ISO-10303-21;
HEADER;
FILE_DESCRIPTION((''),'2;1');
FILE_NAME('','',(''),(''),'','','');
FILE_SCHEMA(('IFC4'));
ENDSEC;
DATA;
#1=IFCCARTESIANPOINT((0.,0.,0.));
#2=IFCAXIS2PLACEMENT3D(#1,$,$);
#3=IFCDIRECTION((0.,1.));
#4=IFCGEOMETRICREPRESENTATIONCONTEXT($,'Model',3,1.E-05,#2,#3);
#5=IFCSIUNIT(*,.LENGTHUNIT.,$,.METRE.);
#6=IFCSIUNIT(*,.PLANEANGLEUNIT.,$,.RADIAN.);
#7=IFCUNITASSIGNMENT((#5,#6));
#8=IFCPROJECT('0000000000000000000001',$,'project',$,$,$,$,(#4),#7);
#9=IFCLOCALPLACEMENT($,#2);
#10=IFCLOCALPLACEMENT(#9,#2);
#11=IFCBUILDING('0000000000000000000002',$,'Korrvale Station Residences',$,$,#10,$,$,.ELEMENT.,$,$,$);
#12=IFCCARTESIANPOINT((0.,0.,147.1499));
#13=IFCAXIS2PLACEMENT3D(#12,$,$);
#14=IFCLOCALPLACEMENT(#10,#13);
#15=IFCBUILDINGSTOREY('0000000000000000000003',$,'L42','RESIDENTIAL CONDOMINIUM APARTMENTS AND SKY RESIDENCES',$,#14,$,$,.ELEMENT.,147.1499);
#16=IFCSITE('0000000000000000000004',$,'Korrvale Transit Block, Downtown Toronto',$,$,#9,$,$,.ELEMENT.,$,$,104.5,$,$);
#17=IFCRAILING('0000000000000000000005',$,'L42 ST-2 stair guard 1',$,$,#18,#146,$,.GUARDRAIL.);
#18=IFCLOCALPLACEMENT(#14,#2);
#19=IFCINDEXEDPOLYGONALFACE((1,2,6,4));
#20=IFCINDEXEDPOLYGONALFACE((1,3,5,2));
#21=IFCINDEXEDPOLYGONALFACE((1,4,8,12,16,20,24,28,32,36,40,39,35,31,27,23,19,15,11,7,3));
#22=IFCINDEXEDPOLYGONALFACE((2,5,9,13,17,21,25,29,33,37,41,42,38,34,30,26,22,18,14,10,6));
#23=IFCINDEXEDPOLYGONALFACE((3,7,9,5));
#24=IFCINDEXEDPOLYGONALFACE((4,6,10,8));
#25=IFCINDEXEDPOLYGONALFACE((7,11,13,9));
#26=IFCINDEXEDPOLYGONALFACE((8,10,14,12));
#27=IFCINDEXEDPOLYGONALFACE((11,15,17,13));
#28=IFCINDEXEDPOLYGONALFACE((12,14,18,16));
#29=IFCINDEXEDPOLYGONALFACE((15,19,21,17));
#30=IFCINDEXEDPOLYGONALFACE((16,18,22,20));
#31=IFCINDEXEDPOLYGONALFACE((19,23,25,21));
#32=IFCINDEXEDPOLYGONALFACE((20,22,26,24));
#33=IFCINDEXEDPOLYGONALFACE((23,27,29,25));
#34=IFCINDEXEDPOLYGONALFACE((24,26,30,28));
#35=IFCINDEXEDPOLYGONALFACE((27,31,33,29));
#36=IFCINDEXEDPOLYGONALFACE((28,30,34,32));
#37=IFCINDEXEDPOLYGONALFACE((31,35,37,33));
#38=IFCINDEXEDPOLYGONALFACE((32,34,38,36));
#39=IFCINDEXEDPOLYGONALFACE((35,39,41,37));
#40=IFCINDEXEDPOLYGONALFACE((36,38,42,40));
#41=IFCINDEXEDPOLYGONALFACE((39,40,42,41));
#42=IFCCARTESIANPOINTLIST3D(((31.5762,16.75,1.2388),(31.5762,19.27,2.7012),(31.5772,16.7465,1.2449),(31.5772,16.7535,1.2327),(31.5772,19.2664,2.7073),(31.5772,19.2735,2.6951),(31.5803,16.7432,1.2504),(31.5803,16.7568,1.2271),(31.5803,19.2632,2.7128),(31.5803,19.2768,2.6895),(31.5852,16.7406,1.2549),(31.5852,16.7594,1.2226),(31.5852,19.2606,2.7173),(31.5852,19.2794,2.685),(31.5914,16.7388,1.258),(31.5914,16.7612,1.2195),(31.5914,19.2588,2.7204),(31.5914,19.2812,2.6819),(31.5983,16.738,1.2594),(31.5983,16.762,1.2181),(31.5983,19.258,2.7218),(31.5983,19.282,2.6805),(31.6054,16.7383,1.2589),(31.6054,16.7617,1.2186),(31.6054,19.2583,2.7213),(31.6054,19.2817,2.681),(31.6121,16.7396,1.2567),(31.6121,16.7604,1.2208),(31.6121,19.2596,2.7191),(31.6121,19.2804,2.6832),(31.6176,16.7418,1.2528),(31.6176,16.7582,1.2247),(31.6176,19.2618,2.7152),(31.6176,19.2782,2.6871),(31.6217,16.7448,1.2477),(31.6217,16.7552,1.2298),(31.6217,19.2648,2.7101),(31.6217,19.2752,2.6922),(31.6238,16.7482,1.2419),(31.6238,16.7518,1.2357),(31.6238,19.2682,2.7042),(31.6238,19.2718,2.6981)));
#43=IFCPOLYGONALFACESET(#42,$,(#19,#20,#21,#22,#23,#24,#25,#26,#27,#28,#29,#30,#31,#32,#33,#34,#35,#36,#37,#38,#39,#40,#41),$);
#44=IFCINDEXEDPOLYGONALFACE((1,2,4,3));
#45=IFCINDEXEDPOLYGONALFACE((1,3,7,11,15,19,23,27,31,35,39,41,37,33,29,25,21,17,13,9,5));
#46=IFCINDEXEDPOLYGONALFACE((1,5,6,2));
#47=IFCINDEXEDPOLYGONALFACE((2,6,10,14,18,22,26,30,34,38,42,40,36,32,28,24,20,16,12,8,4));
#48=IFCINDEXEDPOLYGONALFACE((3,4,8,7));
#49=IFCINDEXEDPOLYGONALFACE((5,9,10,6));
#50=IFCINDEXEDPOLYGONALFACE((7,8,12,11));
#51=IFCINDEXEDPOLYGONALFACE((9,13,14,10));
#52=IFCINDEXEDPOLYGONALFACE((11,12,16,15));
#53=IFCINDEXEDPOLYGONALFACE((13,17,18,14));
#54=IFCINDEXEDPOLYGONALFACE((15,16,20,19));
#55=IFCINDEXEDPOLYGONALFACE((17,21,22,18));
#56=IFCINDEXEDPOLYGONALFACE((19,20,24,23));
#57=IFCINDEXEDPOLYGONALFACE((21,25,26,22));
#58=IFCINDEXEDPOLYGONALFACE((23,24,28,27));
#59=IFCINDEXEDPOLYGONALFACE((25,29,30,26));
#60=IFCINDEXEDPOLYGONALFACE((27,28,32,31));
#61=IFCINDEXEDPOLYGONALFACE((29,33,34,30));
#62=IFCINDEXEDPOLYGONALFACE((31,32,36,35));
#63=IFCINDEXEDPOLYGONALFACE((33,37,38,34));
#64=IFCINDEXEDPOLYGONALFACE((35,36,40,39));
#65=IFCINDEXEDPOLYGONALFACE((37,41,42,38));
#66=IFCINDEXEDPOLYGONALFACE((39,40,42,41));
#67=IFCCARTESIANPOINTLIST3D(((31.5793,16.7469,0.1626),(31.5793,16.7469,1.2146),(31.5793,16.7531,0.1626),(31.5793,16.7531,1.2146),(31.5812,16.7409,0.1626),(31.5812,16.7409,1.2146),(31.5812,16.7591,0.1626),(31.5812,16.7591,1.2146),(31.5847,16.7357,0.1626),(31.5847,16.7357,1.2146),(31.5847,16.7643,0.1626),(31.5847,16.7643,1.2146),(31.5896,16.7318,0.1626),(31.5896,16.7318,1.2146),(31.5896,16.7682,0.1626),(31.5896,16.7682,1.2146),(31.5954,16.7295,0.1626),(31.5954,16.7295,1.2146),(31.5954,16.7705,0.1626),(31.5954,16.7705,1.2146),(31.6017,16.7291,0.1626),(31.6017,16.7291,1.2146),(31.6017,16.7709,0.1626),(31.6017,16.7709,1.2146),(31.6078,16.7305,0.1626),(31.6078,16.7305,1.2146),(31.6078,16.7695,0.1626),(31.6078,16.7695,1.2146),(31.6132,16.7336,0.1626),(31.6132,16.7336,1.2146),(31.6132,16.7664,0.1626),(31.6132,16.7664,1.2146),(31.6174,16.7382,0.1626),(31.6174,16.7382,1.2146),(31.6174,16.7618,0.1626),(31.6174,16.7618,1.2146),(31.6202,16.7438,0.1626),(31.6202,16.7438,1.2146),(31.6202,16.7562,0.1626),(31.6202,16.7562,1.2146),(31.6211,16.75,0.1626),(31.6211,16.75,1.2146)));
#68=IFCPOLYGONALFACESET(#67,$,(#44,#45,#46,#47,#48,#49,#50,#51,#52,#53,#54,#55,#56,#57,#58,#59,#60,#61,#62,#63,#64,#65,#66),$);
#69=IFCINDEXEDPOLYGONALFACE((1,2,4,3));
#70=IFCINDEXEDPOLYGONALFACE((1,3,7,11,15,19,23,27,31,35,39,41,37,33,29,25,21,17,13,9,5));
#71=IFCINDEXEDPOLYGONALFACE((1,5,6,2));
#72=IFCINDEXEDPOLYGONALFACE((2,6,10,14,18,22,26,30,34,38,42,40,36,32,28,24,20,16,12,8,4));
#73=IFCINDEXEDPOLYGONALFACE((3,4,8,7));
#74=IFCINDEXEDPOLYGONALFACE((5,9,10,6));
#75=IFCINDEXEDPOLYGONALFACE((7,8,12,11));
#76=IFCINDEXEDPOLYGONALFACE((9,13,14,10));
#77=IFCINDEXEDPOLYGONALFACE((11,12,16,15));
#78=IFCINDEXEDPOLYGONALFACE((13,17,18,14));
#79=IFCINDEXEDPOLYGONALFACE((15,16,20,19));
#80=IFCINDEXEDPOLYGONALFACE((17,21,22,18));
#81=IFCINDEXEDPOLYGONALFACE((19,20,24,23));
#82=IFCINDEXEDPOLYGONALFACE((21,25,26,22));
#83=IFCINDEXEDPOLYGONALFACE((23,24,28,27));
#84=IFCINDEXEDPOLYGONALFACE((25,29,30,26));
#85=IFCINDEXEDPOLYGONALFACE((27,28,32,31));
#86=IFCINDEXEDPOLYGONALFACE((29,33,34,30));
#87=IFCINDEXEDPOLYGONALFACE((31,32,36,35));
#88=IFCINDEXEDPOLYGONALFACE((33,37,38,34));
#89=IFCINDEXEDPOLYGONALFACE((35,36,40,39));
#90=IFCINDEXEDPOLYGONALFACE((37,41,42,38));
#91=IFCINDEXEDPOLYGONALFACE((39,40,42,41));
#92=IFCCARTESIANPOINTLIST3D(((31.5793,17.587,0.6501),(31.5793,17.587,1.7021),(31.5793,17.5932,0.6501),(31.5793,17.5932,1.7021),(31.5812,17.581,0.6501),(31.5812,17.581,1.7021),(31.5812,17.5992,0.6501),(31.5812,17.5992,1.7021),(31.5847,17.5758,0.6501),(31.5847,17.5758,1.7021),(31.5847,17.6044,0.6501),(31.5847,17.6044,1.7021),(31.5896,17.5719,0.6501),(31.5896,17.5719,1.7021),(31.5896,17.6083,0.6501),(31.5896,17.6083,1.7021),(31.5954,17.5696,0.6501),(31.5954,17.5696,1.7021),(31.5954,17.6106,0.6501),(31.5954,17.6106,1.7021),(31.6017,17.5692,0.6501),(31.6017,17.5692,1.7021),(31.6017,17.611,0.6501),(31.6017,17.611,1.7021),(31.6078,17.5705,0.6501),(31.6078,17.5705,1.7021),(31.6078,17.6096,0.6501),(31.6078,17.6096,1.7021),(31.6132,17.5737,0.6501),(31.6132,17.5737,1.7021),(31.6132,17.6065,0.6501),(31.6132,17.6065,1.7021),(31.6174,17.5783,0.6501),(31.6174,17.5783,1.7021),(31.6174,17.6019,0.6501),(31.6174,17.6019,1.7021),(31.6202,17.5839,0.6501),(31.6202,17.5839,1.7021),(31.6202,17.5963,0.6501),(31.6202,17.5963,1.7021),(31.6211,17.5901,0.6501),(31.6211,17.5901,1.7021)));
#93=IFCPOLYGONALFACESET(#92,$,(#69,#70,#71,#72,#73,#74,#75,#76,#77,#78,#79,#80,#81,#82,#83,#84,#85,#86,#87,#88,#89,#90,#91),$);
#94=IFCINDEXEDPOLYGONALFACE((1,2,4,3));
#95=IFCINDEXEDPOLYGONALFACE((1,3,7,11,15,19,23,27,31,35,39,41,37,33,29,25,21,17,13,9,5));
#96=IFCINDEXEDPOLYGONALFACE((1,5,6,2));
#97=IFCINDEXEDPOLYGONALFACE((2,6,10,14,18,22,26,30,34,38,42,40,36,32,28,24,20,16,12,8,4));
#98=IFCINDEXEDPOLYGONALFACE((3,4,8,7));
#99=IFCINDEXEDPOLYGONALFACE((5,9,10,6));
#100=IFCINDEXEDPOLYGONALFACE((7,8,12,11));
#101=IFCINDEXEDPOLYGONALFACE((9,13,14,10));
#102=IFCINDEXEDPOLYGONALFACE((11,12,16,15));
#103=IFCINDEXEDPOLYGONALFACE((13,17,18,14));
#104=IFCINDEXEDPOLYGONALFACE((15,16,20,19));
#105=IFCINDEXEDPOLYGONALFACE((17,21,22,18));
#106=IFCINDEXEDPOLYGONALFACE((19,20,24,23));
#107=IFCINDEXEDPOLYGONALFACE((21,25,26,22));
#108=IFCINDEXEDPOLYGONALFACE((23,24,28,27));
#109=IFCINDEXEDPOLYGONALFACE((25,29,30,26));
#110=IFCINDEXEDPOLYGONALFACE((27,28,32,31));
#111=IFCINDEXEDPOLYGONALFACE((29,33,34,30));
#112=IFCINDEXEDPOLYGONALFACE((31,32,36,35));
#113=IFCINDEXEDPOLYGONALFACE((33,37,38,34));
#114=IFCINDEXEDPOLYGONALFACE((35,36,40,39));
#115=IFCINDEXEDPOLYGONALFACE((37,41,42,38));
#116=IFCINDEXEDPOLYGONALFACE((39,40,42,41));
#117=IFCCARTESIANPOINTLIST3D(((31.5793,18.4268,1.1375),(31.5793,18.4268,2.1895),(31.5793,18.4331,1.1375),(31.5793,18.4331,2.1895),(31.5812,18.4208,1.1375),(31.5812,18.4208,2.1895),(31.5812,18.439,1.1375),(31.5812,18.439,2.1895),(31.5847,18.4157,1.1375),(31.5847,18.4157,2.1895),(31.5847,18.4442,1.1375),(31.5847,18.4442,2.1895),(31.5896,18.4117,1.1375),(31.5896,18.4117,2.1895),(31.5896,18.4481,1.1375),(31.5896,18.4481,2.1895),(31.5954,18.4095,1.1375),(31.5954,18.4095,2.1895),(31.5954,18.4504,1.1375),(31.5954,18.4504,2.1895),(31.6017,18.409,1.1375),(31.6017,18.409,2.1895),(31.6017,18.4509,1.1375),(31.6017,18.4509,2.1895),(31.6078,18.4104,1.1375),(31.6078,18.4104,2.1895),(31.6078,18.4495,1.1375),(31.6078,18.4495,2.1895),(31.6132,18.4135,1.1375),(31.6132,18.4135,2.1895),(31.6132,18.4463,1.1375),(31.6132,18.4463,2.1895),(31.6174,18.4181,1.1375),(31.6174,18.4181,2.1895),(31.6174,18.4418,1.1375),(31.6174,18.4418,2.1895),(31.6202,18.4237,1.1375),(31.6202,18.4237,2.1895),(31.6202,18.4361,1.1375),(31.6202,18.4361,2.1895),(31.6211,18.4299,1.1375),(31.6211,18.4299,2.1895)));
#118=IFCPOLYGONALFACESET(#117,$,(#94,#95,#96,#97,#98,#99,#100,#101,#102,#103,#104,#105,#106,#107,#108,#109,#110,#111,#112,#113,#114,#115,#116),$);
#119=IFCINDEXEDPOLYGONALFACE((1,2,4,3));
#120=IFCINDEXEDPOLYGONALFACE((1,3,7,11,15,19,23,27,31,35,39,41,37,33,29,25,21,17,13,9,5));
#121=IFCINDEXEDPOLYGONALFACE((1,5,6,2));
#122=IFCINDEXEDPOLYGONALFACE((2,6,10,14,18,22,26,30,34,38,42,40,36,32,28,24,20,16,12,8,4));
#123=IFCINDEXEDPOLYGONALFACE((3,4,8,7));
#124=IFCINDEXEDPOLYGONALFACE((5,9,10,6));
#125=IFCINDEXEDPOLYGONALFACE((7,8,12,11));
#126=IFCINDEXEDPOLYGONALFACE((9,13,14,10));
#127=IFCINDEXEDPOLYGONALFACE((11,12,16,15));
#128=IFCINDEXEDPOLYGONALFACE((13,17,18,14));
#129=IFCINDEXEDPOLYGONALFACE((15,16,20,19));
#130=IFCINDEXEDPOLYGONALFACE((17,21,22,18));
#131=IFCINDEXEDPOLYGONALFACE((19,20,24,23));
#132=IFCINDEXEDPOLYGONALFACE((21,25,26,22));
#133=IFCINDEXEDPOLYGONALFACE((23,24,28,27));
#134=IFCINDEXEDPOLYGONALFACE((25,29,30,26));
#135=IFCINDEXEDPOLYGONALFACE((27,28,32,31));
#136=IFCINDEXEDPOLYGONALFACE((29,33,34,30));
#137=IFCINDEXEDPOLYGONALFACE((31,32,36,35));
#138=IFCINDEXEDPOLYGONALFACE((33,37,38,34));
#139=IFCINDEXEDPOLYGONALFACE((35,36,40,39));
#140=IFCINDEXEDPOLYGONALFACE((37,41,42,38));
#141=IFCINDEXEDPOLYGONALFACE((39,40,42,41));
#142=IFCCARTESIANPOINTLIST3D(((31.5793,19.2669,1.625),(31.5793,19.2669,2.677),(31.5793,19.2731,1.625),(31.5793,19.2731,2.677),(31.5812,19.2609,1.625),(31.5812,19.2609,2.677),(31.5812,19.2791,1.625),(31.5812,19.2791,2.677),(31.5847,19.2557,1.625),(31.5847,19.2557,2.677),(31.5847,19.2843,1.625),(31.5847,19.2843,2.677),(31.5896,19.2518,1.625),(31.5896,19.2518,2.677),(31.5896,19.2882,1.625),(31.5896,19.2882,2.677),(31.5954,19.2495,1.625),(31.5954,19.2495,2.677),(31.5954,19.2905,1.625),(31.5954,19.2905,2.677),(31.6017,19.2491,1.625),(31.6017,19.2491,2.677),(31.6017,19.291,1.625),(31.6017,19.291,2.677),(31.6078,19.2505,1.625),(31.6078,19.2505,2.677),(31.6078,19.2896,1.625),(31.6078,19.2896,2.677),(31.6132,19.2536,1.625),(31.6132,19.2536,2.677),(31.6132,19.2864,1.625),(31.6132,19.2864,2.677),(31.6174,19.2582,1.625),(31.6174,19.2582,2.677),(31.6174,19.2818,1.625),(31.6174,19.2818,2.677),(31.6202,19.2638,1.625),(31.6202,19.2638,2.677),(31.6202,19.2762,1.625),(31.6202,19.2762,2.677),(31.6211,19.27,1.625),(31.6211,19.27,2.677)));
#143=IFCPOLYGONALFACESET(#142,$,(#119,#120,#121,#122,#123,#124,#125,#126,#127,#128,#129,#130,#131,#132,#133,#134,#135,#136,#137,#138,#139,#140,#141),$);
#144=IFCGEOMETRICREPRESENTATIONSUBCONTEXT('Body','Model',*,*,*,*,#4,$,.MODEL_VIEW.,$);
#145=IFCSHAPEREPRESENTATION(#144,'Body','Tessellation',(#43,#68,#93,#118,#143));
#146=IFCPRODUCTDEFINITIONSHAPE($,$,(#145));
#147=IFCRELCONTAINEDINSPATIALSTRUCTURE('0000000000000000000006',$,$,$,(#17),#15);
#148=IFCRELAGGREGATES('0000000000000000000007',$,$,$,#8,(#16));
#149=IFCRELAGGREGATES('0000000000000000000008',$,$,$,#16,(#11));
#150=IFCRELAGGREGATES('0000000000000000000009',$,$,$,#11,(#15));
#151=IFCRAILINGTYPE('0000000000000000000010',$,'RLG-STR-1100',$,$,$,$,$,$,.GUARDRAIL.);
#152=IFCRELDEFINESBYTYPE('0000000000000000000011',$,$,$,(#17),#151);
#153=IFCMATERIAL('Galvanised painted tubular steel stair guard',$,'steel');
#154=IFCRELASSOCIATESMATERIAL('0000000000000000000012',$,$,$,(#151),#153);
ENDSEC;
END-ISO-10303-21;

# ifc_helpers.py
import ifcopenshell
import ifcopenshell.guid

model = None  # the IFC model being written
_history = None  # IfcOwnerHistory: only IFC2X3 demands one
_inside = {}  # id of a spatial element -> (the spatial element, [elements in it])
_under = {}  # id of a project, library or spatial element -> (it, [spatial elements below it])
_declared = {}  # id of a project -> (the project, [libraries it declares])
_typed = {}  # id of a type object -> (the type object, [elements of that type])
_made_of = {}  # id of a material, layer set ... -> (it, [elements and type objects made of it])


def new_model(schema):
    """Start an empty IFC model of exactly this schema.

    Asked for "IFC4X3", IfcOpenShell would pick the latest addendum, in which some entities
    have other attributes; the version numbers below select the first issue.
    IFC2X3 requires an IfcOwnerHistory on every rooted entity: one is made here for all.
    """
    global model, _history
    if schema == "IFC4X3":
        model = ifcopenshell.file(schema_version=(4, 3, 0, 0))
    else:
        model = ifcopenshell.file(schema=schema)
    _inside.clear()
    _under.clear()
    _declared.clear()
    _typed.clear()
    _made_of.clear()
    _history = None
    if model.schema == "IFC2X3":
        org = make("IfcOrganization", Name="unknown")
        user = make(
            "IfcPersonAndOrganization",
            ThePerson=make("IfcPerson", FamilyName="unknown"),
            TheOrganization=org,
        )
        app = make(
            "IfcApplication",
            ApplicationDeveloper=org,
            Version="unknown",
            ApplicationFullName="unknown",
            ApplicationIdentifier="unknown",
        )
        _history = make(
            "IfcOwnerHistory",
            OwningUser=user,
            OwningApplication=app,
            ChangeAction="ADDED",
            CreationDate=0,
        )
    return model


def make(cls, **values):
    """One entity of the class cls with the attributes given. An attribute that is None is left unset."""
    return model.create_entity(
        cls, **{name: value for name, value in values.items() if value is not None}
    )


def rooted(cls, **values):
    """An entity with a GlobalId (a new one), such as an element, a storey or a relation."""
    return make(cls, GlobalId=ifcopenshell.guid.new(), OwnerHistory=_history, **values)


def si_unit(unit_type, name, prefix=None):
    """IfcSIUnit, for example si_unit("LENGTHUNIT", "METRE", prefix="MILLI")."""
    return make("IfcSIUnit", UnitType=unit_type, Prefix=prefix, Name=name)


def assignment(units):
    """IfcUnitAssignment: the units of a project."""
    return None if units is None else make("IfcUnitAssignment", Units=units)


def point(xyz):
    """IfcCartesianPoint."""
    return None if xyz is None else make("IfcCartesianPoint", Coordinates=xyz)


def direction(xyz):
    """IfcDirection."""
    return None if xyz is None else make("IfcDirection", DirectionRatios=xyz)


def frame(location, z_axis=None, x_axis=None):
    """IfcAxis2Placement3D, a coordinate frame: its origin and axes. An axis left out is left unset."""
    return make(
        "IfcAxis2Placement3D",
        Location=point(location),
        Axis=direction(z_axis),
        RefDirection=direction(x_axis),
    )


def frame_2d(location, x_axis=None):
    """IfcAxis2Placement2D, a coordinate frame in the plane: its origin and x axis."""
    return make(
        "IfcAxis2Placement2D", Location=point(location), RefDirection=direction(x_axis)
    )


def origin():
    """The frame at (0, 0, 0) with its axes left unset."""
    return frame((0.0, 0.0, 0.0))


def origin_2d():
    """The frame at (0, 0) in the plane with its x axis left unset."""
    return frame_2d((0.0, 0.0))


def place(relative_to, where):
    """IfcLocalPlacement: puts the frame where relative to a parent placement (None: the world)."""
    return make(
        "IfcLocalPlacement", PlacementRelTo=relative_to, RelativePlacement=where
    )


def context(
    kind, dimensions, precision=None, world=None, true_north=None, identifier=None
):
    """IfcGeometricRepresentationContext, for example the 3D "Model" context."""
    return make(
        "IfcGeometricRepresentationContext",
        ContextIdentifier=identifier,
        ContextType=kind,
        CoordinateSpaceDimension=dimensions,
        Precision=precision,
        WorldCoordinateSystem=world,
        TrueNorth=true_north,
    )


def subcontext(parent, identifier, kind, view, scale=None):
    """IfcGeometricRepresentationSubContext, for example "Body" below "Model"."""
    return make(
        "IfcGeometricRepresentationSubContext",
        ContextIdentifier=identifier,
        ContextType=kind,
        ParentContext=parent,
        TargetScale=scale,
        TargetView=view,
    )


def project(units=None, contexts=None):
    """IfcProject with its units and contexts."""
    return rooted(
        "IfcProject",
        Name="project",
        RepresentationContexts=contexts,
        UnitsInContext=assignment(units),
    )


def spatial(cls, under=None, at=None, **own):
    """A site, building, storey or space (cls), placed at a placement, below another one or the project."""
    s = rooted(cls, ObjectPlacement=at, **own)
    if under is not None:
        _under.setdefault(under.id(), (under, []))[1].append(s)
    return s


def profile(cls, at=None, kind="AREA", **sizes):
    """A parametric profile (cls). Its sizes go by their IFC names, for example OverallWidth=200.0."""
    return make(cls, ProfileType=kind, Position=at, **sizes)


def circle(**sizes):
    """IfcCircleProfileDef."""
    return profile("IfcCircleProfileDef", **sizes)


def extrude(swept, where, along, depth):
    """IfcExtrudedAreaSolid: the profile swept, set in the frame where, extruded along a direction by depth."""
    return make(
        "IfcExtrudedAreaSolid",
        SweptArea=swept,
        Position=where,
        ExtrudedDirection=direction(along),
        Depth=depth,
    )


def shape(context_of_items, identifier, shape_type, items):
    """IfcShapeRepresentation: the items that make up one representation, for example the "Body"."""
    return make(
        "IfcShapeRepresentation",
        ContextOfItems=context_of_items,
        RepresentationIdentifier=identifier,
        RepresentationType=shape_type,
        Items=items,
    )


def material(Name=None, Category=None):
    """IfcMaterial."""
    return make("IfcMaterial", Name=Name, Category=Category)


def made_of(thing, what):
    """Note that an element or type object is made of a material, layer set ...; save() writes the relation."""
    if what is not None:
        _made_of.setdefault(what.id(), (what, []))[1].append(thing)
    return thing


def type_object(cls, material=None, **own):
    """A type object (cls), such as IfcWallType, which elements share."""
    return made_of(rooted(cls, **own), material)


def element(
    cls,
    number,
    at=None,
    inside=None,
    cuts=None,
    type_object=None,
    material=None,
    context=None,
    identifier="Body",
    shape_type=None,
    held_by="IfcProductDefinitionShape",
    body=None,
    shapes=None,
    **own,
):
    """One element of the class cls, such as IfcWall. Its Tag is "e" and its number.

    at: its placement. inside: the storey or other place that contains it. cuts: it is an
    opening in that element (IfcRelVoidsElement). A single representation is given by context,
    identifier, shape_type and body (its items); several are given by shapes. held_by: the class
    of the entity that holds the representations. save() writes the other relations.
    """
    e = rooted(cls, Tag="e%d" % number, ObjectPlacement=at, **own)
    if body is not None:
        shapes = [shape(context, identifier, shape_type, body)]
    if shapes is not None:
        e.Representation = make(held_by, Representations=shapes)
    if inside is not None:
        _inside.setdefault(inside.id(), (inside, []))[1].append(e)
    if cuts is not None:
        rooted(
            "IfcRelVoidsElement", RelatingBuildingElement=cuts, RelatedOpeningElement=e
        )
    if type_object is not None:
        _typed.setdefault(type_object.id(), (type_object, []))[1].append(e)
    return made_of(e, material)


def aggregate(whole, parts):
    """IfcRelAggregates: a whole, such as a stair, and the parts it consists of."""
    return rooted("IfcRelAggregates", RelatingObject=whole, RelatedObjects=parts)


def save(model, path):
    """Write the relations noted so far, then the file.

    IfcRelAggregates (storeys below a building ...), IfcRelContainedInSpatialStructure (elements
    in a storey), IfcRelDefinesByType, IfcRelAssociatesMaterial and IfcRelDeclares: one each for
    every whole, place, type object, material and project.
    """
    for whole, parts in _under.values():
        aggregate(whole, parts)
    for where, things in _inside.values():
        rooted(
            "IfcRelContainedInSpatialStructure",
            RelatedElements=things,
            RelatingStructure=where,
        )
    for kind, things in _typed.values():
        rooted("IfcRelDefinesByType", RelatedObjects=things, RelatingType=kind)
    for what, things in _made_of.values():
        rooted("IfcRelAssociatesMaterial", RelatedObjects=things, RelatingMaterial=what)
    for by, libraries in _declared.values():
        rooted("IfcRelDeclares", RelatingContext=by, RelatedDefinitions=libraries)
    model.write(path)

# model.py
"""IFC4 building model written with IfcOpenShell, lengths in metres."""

from ifc_helpers import new_model, si_unit, direction, frame, origin, origin_2d, place, context, subcontext, project, spatial, circle, extrude, material, type_object, element, save


model = new_model("IFC4")

# Units and contexts
model_context = context("Model", 3, precision=1e-05, world=origin(), true_north=direction((0.0, 1.0)))
body_context = subcontext(model_context, "Body", "Model", "MODEL_VIEW")
ifc_project = project(units=[si_unit("LENGTHUNIT", "METRE"), si_unit("PLANEANGLEUNIT", "RADIAN")], contexts=[model_context])

# Site, building, storey
site_placement = place(None, origin())
site = spatial("IfcSite", under=ifc_project, at=site_placement, Name="Korrvale Transit Block, Downtown Toronto", CompositionType="ELEMENT", RefElevation=104.5)
building_placement = place(site_placement, origin())
building = spatial("IfcBuilding", under=site, at=building_placement, Name="Korrvale Station Residences", CompositionType="ELEMENT")
storey_placement = place(building_placement, frame((0.0, 0.0, 147.1499)))
storey = spatial("IfcBuildingStorey", under=building, at=storey_placement, Name="L42", Description="RESIDENTIAL CONDOMINIUM APARTMENTS AND SKY RESIDENCES", CompositionType="ELEMENT", Elevation=147.1499)

# Railing
ifc_material_1 = material(Name="Galvanised painted tubular steel stair guard", Category="steel")
railing_type_1 = type_object("IfcRailingType", Name="RLG-STR-1100", PredefinedType="GUARDRAIL", material=ifc_material_1)
railing_1_placement = place(storey_placement, frame((31.6001, 16.75, 0.1626)))
element("IfcRailing", 1, at=railing_1_placement, inside=storey, type_object=railing_type_1, Name="L42 ST-2 stair guard 1", PredefinedType="GUARDRAIL", context=body_context, shape_type="SweptSolid", body=[
    extrude(circle(Radius=0.0239, at=origin_2d()), frame((0.0, 0.0, 1.0762), z_axis=(0.0, 0.864913, 0.501921), x_axis=(-1.0, 0.0, 0.0)), (0.0, 0.0, 1.0), 2.9136),
    extrude(circle(Radius=0.021, at=origin_2d()), origin(), (0.0, 0.0, 1.0), 1.052),
    extrude(circle(Radius=0.021, at=origin_2d()), frame((0.0, 0.8401, 0.4875)), (0.0, 0.0, 1.0), 1.052),
    extrude(circle(Radius=0.021, at=origin_2d()), frame((0.0, 1.6799, 0.9749)), (0.0, 0.0, 1.0), 1.052),
    extrude(circle(Radius=0.021, at=origin_2d()), frame((0.0, 2.52, 1.4624)), (0.0, 0.0, 1.0), 1.052),
])

save(model, "model.ifc")
